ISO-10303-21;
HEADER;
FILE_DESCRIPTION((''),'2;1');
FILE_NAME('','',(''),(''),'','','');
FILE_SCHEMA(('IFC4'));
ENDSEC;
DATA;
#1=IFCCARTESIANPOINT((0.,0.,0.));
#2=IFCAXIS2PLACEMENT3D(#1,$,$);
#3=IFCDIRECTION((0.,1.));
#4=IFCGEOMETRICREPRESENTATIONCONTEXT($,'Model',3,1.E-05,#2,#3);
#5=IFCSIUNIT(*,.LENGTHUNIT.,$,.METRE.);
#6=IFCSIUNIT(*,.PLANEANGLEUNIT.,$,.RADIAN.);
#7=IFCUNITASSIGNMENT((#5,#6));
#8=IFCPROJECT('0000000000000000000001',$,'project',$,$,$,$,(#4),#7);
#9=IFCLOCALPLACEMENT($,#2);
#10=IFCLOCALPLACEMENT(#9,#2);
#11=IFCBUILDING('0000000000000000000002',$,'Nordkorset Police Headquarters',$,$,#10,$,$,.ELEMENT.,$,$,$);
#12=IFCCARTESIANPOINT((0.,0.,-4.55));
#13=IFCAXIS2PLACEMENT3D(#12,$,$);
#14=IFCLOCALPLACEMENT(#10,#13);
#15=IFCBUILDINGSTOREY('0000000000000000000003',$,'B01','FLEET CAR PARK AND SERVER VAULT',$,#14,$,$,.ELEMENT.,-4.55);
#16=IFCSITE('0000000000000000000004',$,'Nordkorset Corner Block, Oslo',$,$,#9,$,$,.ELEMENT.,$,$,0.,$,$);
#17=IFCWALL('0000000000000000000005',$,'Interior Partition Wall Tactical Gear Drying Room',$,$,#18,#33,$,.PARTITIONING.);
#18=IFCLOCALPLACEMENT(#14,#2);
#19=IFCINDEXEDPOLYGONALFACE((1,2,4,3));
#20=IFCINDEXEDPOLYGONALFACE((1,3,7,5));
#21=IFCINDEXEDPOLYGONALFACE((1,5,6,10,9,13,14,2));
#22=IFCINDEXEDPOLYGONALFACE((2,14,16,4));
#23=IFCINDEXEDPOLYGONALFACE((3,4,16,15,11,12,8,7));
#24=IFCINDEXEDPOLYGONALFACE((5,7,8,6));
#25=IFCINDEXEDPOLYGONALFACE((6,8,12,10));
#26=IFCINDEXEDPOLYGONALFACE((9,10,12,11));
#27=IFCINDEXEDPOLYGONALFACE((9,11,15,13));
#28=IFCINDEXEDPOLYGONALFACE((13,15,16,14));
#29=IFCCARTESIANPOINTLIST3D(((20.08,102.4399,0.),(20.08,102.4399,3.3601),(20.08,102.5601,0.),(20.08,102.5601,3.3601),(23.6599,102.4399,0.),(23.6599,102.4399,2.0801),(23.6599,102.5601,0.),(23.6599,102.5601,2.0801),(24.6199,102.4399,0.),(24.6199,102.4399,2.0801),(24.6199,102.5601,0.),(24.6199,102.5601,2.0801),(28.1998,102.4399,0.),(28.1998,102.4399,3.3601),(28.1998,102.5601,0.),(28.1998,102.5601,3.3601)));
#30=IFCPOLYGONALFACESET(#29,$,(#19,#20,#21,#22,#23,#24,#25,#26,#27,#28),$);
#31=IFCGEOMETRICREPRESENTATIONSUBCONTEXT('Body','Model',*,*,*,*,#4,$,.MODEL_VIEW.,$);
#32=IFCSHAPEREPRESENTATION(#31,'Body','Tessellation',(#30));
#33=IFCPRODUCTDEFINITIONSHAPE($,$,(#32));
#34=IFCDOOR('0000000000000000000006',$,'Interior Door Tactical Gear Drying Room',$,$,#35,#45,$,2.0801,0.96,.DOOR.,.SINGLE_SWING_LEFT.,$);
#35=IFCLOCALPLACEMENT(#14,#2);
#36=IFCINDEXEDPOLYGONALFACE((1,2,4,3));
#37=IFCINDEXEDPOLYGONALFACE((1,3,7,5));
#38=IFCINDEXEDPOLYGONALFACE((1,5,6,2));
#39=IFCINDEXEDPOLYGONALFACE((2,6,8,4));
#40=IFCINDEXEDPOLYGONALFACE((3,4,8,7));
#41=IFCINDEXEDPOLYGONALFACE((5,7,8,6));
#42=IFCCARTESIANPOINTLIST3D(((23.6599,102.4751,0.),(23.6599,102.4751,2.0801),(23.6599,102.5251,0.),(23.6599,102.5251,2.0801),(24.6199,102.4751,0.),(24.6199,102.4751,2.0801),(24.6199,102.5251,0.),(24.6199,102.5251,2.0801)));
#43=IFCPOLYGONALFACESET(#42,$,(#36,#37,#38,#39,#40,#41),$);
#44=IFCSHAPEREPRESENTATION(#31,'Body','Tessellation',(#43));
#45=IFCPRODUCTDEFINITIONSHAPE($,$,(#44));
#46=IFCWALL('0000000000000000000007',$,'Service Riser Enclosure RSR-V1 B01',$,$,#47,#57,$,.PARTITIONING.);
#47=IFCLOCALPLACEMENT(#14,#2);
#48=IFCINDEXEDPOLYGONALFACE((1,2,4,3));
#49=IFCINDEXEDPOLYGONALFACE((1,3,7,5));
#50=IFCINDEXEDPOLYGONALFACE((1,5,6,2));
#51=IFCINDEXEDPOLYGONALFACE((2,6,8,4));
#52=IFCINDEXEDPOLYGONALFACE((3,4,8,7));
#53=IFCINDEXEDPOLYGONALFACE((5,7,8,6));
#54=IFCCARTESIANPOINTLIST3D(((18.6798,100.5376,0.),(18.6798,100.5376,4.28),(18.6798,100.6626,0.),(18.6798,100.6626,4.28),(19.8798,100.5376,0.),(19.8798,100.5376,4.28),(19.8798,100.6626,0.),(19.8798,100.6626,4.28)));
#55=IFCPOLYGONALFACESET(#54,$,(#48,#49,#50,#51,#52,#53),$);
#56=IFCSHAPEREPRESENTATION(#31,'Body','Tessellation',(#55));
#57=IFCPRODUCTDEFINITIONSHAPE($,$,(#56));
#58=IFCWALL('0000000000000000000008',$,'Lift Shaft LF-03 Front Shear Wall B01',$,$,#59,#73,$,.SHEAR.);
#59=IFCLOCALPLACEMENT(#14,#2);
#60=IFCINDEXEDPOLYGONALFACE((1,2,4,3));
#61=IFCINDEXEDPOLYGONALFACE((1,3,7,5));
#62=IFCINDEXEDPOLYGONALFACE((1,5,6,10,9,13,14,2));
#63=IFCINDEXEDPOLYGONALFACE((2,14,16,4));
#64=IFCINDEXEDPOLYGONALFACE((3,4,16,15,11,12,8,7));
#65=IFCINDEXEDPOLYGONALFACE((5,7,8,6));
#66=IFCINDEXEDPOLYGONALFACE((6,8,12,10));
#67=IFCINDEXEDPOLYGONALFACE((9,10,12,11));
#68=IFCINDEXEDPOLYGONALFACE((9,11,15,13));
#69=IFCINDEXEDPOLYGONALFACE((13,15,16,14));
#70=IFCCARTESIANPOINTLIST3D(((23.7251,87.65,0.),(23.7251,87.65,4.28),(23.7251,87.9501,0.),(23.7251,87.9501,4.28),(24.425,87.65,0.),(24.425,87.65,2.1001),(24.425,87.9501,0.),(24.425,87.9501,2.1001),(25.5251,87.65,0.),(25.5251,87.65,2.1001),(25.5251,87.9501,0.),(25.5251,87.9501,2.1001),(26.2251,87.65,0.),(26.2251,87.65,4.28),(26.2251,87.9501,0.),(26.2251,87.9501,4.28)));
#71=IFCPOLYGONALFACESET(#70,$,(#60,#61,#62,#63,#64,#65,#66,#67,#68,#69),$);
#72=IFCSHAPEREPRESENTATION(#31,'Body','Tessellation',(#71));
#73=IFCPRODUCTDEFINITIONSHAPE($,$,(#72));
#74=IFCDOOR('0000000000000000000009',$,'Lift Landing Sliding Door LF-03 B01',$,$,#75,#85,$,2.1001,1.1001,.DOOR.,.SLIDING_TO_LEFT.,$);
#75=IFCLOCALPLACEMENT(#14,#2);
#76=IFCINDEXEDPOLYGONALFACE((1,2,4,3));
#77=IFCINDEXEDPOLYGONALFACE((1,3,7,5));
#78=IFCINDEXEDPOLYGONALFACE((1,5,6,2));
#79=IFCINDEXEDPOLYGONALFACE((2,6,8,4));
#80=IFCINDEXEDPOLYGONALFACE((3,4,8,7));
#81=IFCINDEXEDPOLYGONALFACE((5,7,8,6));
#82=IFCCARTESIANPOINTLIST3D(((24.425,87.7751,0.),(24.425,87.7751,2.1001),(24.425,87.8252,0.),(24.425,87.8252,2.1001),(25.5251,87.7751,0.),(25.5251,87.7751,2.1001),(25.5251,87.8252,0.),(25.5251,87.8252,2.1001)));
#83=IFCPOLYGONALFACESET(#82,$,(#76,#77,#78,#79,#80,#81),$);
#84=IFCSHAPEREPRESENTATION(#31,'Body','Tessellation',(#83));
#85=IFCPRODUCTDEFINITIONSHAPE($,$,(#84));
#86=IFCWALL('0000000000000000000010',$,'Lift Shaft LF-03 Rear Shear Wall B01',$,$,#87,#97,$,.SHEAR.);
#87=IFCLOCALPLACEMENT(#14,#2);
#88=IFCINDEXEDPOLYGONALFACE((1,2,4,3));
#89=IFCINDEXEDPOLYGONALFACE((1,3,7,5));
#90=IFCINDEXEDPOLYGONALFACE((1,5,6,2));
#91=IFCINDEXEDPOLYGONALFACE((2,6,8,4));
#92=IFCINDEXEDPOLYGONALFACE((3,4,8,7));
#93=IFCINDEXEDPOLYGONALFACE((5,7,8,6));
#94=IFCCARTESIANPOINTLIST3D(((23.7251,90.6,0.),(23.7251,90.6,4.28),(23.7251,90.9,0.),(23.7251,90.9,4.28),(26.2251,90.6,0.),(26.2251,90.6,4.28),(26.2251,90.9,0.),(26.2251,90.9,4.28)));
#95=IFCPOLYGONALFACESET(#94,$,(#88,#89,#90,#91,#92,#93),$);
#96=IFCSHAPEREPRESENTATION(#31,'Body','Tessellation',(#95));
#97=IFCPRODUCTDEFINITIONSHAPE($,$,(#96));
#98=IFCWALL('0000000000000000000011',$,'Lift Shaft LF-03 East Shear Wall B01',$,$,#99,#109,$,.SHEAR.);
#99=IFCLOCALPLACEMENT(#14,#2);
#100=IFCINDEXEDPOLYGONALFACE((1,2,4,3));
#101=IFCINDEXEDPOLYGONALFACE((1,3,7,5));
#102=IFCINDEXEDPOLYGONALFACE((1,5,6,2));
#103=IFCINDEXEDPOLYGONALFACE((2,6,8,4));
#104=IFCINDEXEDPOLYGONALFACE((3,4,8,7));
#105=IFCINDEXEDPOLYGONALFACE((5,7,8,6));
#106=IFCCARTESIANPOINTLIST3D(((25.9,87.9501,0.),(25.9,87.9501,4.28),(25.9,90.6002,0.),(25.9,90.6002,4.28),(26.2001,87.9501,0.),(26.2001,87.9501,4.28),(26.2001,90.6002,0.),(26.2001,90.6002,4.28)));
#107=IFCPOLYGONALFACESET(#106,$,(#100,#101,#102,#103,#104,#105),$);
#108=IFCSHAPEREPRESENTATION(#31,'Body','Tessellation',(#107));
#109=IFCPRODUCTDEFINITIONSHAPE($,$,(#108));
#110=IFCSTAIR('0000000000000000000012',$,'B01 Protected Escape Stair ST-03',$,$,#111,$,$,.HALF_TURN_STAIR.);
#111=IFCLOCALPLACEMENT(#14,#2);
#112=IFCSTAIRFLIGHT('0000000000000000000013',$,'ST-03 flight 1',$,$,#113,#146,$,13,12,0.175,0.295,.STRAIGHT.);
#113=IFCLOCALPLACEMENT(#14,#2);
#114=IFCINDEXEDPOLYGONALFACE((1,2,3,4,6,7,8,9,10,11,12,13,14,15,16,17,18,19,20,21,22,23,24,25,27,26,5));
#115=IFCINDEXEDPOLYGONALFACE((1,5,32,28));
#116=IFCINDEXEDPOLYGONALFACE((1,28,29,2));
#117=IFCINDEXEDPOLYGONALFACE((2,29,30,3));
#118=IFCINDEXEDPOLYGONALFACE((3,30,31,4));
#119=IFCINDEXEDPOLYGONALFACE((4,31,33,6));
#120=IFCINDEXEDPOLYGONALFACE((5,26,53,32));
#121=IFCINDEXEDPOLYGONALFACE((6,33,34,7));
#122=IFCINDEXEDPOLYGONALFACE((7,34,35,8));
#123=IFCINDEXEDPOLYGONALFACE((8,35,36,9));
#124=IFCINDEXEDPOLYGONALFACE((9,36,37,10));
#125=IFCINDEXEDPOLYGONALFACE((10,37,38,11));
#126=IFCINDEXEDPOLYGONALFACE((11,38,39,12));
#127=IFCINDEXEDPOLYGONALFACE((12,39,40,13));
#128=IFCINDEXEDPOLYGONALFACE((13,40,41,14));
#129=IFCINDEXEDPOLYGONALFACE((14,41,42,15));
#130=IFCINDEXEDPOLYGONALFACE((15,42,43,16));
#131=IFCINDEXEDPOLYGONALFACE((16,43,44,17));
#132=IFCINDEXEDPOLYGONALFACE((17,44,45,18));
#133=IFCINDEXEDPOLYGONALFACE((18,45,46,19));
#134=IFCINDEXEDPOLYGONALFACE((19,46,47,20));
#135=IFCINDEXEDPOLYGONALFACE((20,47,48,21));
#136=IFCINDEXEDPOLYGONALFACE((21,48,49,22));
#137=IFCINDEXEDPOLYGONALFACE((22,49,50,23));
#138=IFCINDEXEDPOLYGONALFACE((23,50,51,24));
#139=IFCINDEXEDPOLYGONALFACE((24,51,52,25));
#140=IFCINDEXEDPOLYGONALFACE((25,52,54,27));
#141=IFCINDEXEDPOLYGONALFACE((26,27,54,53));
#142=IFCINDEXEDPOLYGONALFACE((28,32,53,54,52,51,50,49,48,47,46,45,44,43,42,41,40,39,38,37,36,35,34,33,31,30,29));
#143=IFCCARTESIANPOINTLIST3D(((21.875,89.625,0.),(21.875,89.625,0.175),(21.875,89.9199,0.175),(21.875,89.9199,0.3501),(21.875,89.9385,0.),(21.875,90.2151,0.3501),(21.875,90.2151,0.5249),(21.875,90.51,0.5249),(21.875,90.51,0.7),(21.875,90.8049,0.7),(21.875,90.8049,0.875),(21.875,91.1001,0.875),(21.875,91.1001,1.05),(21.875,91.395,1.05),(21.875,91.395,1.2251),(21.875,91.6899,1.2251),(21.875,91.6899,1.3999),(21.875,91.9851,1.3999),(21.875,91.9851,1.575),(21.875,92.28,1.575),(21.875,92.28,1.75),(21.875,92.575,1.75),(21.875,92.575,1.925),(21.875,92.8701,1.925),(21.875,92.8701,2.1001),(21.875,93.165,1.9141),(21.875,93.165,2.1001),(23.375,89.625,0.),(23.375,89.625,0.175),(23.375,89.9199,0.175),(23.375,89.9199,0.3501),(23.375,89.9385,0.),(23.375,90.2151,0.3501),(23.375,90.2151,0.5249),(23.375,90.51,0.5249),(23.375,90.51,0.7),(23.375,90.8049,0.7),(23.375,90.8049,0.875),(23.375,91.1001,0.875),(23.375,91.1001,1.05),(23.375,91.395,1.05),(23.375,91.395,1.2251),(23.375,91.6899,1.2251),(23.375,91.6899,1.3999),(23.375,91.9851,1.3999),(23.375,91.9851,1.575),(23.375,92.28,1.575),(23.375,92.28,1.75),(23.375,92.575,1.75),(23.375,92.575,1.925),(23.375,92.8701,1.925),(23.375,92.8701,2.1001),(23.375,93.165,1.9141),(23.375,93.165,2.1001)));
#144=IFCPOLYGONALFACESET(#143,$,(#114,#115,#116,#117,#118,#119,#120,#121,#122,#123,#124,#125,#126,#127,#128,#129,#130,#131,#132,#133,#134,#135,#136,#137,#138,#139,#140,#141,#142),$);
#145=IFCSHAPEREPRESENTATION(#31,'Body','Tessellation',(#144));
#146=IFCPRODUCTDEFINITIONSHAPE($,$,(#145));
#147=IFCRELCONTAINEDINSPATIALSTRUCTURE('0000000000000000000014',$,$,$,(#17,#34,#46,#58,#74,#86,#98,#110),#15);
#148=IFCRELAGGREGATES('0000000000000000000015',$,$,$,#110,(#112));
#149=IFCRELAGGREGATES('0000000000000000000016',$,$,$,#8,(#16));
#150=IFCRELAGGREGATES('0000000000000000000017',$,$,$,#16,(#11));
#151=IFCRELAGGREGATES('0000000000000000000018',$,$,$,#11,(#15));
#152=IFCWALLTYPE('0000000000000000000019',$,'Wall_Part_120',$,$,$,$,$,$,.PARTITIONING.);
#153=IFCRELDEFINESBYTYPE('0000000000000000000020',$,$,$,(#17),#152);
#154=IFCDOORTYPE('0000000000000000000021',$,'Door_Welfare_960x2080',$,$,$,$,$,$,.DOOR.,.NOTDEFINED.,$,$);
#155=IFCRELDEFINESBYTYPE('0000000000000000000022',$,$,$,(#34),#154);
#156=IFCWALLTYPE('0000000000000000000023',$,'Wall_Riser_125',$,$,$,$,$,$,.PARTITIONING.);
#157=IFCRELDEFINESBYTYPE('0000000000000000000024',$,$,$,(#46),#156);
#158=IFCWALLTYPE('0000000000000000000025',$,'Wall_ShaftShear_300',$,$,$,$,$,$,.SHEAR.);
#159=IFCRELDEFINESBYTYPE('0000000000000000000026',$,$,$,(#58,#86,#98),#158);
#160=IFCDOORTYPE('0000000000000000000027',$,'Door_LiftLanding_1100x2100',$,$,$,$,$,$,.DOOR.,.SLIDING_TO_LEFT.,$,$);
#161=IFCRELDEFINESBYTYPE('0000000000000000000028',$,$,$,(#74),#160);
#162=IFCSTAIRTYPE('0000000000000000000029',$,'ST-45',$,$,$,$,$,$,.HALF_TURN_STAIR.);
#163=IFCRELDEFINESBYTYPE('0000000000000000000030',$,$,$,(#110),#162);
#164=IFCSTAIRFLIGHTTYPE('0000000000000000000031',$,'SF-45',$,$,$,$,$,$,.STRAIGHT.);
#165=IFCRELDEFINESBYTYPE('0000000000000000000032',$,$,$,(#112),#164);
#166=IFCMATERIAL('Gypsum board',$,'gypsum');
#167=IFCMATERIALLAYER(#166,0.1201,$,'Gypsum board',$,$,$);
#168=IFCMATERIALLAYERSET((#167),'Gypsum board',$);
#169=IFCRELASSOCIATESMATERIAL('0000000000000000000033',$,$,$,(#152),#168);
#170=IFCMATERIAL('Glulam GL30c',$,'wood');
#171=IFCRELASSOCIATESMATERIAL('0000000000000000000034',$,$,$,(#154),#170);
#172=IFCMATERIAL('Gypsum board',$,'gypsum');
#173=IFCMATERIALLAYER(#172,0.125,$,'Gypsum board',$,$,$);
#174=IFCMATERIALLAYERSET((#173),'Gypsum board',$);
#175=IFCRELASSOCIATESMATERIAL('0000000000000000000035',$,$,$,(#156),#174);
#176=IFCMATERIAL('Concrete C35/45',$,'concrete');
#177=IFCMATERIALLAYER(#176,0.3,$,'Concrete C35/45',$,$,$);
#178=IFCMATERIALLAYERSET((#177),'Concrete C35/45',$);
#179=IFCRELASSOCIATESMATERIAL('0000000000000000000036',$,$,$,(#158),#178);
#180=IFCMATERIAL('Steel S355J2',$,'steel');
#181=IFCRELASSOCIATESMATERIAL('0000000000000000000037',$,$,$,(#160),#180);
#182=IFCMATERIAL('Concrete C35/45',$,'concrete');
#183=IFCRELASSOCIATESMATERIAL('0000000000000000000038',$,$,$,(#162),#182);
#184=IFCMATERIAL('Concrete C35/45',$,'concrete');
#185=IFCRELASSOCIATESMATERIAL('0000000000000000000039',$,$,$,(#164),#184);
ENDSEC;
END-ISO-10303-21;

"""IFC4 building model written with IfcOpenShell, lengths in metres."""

from ifc_helpers import new_model, si_unit, direction, frame, frame_2d, origin, place, context, subcontext, project, spatial, polyline, rectangle, outline, extrude, material, layer, layer_set, type_object, element, fill, aggregate, save


model = new_model("IFC4")

# Units and contexts
model_context = context("Model", 3, precision=1e-05, world=origin(), true_north=direction((0.0, 1.0)))
body_context = subcontext(model_context, "Body", "Model", "MODEL_VIEW")
ifc_project = project(units=[si_unit("LENGTHUNIT", "METRE"), si_unit("PLANEANGLEUNIT", "RADIAN")], contexts=[model_context])

# Site, building, storey
site_placement = place(None, origin())
site = spatial("IfcSite", under=ifc_project, at=site_placement, Name="Nordkorset Corner Block, Oslo", CompositionType="ELEMENT", RefElevation=0.0)
building_placement = place(site_placement, origin())
building = spatial("IfcBuilding", under=site, at=building_placement, Name="Nordkorset Police Headquarters", CompositionType="ELEMENT")
storey_placement = place(building_placement, frame((0.0, 0.0, -4.55)))
storey = spatial("IfcBuildingStorey", under=building, at=storey_placement, Name="B01", Description="FLEET CAR PARK AND SERVER VAULT", CompositionType="ELEMENT", Elevation=-4.55)

# Shared definitions
ifc_material_1 = material(Name="Gypsum board", Category="gypsum")
ifc_layer_1 = layer(ifc_material_1, 0.1201, Name="Gypsum board")
ifc_layer_set_1 = layer_set([ifc_layer_1], Name="Gypsum board")
wall_type_1 = type_object("IfcWallType", Name="Wall_Part_120", PredefinedType="PARTITIONING", material=ifc_layer_set_1)

# Wall, opening, door
wall_1_placement = place(storey_placement, frame((28.2, 102.5, 0.0), z_axis=(0.0, 0.0, 1.0), x_axis=(-1.0, 0.0, 0.0)))
wall_1 = element("IfcWall", 1, at=wall_1_placement, inside=storey, type_object=wall_type_1, Name="Interior Partition Wall Tactical Gear Drying Room", PredefinedType="PARTITIONING", context=body_context, shape_type="SweptSolid", body=[
    extrude(rectangle(XDim=8.1199, YDim=0.1201, at=frame_2d((4.0601, 0.0))), origin(), (0.0, 0.0, 1.0), 3.3601),
])
opening_1_placement = place(wall_1_placement, frame((3.5801, 0.0, 0.0)))
opening_1 = element("IfcOpeningElement", 2, at=opening_1_placement, cuts=wall_1, PredefinedType="OPENING", context=body_context, shape_type="SweptSolid", body=[
    extrude(rectangle(XDim=0.96, YDim=2.0801, at=frame_2d((0.48, 1.04))), frame((0.0, 0.0701, 0.0), z_axis=(0.0, -1.0, 0.0), x_axis=(1.0, 0.0, 0.0)), (0.0, 0.0, 1.0), 0.1401),
])
ifc_material_2 = material(Name="Glulam GL30c", Category="wood")
door_type_1 = type_object("IfcDoorType", Name="Door_Welfare_960x2080", OperationType="NOTDEFINED", PredefinedType="DOOR", material=ifc_material_2)
door_1_placement = place(opening_1_placement, origin())
door_1 = element("IfcDoor", 3, at=door_1_placement, inside=storey, type_object=door_type_1, Name="Interior Door Tactical Gear Drying Room", OperationType="SINGLE_SWING_LEFT", OverallHeight=2.0801, OverallWidth=0.96, PredefinedType="DOOR", context=body_context, shape_type="SweptSolid", body=[
    extrude(rectangle(XDim=0.96, YDim=2.0801, at=frame_2d((0.48, 1.04))), frame((0.0, 0.0249, 0.0), z_axis=(0.0, -1.0, 0.0), x_axis=(1.0, 0.0, 0.0)), (0.0, 0.0, 1.0), 0.05),
])
fill(opening_1, door_1)

# Wall
ifc_material_3 = material(Name="Gypsum board", Category="gypsum")
ifc_layer_2 = layer(ifc_material_3, 0.125, Name="Gypsum board")
ifc_layer_set_2 = layer_set([ifc_layer_2], Name="Gypsum board")
wall_type_2 = type_object("IfcWallType", Name="Wall_Riser_125", PredefinedType="PARTITIONING", material=ifc_layer_set_2)
wall_2_placement = place(storey_placement, frame((19.8799, 100.6001, 0.0), z_axis=(0.0, 0.0, 1.0), x_axis=(-1.0, 0.0, 0.0)))
element("IfcWall", 4, at=wall_2_placement, inside=storey, type_object=wall_type_2, Name="Service Riser Enclosure RSR-V1 B01", PredefinedType="PARTITIONING", context=body_context, shape_type="SweptSolid", body=[
    extrude(rectangle(XDim=1.2, YDim=0.125, at=frame_2d((0.6001, 0.0))), origin(), (0.0, 0.0, 1.0), 4.28),
])

# Wall, opening, door
ifc_material_4 = material(Name="Concrete C35/45", Category="concrete")
ifc_layer_3 = layer(ifc_material_4, 0.3, Name="Concrete C35/45")
ifc_layer_set_3 = layer_set([ifc_layer_3], Name="Concrete C35/45")
wall_type_3 = type_object("IfcWallType", Name="Wall_ShaftShear_300", PredefinedType="SHEAR", material=ifc_layer_set_3)
wall_3_placement = place(storey_placement, frame((23.7251, 87.8, 0.0), z_axis=(0.0, 0.0, 1.0), x_axis=(1.0, 0.0, 0.0)))
wall_3 = element("IfcWall", 5, at=wall_3_placement, inside=storey, type_object=wall_type_3, Name="Lift Shaft LF-03 Front Shear Wall B01", PredefinedType="SHEAR", context=body_context, shape_type="SweptSolid", body=[
    extrude(rectangle(XDim=2.5, YDim=0.3, at=frame_2d((1.25, 0.0))), origin(), (0.0, 0.0, 1.0), 4.28),
])
opening_2_placement = place(wall_3_placement, frame((0.7, 0.0, 0.0)))
opening_2 = element("IfcOpeningElement", 6, at=opening_2_placement, cuts=wall_3, PredefinedType="OPENING", context=body_context, shape_type="SweptSolid", body=[
    extrude(rectangle(XDim=1.1001, YDim=2.1001, at=frame_2d((0.55, 1.05))), frame((0.0, 0.1602, 0.0), z_axis=(0.0, -1.0, 0.0), x_axis=(1.0, 0.0, 0.0)), (0.0, 0.0, 1.0), 0.3201),
])
ifc_material_5 = material(Name="Steel S355J2", Category="steel")
door_type_2 = type_object("IfcDoorType", Name="Door_LiftLanding_1100x2100", OperationType="SLIDING_TO_LEFT", PredefinedType="DOOR", material=ifc_material_5)
door_2_placement = place(opening_2_placement, frame((1.1001, 0.0, 0.0), z_axis=(0.0, 0.0, 1.0), x_axis=(-1.0, 0.0, 0.0)))
door_2 = element("IfcDoor", 7, at=door_2_placement, inside=storey, type_object=door_type_2, Name="Lift Landing Sliding Door LF-03 B01", OperationType="SLIDING_TO_LEFT", OverallHeight=2.1001, OverallWidth=1.1001, PredefinedType="DOOR", context=body_context, shape_type="SweptSolid", body=[
    extrude(rectangle(XDim=1.1001, YDim=2.1001, at=frame_2d((0.55, 1.05))), frame((0.0, 0.0249, 0.0), z_axis=(0.0, -1.0, 0.0), x_axis=(1.0, 0.0, 0.0)), (0.0, 0.0, 1.0), 0.05),
])
fill(opening_2, door_2)

# Walls
wall_4_placement = place(storey_placement, frame((23.7251, 90.75, 0.0), z_axis=(0.0, 0.0, 1.0), x_axis=(1.0, 0.0, 0.0)))
element("IfcWall", 8, at=wall_4_placement, inside=storey, type_object=wall_type_3, Name="Lift Shaft LF-03 Rear Shear Wall B01", PredefinedType="SHEAR", context=body_context, shape_type="SweptSolid", body=[
    extrude(rectangle(XDim=2.5, YDim=0.3, at=frame_2d((1.25, 0.0))), origin(), (0.0, 0.0, 1.0), 4.28),
])
wall_5_placement = place(storey_placement, frame((26.05, 87.95, 0.0), z_axis=(0.0, 0.0, 1.0), x_axis=(0.0, 1.0, 0.0)))
element("IfcWall", 9, at=wall_5_placement, inside=storey, type_object=wall_type_3, Name="Lift Shaft LF-03 East Shear Wall B01", PredefinedType="SHEAR", context=body_context, shape_type="SweptSolid", body=[
    extrude(rectangle(XDim=2.6501, YDim=0.3, at=frame_2d((1.3252, 0.0))), origin(), (0.0, 0.0, 1.0), 4.28),
])

# Stair, stair flight
ifc_material_6 = material(Name="Concrete C35/45", Category="concrete")
stair_type = type_object("IfcStairType", Name="ST-45", PredefinedType="HALF_TURN_STAIR", material=ifc_material_6)
stair_placement = place(storey_placement, origin())
stair = element("IfcStair", 10, at=stair_placement, inside=storey, type_object=stair_type, Name="B01 Protected Escape Stair ST-03", PredefinedType="HALF_TURN_STAIR")
ifc_material_7 = material(Name="Concrete C35/45", Category="concrete")
stair_flight_type = type_object("IfcStairFlightType", Name="SF-45", PredefinedType="STRAIGHT", material=ifc_material_7)
stair_flight_1_placement = place(storey_placement, frame((22.625, 89.625, 0.0), z_axis=(0.0, 0.0, 1.0), x_axis=(0.0, 1.0, 0.0)))
stair_flight_1 = element("IfcStairFlight", 11, at=stair_flight_1_placement, type_object=stair_flight_type, Name="ST-03 flight 1", NumberOfRisers=13, NumberOfTreads=12, PredefinedType="STRAIGHT", RiserHeight=0.175, TreadLength=0.295, context=body_context, shape_type="SweptSolid", body=[
    extrude(outline(polyline([(0.0, 0.0), (0.0, 0.175), (0.2949, 0.175), (0.2949, 0.3501), (0.5901, 0.3501), (0.5901, 0.5249), (0.885, 0.5249), (0.885, 0.7), (1.1799, 0.7), (1.1799, 0.875), (1.4751, 0.875), (1.4751, 1.05), (1.77, 1.05), (1.77, 1.2251), (2.0649, 1.2251), (2.0649, 1.3999), (2.3601, 1.3999), (2.3601, 1.575), (2.655, 1.575), (2.655, 1.75), (2.95, 1.75), (2.95, 1.925), (3.2451, 1.925), (3.2451, 2.1001), (3.54, 2.1001), (3.54, 2.2749), (3.54, 1.9141), (0.3135, 0.0), (0.0, 0.0)])), frame((0.0, 0.75, 0.0), z_axis=(0.0, -1.0, 0.0), x_axis=(1.0, 0.0, 0.0)), (0.0, 0.0, 1.0), 1.5),
])
aggregate(stair, [stair_flight_1])

save(model, "model.ifc")
